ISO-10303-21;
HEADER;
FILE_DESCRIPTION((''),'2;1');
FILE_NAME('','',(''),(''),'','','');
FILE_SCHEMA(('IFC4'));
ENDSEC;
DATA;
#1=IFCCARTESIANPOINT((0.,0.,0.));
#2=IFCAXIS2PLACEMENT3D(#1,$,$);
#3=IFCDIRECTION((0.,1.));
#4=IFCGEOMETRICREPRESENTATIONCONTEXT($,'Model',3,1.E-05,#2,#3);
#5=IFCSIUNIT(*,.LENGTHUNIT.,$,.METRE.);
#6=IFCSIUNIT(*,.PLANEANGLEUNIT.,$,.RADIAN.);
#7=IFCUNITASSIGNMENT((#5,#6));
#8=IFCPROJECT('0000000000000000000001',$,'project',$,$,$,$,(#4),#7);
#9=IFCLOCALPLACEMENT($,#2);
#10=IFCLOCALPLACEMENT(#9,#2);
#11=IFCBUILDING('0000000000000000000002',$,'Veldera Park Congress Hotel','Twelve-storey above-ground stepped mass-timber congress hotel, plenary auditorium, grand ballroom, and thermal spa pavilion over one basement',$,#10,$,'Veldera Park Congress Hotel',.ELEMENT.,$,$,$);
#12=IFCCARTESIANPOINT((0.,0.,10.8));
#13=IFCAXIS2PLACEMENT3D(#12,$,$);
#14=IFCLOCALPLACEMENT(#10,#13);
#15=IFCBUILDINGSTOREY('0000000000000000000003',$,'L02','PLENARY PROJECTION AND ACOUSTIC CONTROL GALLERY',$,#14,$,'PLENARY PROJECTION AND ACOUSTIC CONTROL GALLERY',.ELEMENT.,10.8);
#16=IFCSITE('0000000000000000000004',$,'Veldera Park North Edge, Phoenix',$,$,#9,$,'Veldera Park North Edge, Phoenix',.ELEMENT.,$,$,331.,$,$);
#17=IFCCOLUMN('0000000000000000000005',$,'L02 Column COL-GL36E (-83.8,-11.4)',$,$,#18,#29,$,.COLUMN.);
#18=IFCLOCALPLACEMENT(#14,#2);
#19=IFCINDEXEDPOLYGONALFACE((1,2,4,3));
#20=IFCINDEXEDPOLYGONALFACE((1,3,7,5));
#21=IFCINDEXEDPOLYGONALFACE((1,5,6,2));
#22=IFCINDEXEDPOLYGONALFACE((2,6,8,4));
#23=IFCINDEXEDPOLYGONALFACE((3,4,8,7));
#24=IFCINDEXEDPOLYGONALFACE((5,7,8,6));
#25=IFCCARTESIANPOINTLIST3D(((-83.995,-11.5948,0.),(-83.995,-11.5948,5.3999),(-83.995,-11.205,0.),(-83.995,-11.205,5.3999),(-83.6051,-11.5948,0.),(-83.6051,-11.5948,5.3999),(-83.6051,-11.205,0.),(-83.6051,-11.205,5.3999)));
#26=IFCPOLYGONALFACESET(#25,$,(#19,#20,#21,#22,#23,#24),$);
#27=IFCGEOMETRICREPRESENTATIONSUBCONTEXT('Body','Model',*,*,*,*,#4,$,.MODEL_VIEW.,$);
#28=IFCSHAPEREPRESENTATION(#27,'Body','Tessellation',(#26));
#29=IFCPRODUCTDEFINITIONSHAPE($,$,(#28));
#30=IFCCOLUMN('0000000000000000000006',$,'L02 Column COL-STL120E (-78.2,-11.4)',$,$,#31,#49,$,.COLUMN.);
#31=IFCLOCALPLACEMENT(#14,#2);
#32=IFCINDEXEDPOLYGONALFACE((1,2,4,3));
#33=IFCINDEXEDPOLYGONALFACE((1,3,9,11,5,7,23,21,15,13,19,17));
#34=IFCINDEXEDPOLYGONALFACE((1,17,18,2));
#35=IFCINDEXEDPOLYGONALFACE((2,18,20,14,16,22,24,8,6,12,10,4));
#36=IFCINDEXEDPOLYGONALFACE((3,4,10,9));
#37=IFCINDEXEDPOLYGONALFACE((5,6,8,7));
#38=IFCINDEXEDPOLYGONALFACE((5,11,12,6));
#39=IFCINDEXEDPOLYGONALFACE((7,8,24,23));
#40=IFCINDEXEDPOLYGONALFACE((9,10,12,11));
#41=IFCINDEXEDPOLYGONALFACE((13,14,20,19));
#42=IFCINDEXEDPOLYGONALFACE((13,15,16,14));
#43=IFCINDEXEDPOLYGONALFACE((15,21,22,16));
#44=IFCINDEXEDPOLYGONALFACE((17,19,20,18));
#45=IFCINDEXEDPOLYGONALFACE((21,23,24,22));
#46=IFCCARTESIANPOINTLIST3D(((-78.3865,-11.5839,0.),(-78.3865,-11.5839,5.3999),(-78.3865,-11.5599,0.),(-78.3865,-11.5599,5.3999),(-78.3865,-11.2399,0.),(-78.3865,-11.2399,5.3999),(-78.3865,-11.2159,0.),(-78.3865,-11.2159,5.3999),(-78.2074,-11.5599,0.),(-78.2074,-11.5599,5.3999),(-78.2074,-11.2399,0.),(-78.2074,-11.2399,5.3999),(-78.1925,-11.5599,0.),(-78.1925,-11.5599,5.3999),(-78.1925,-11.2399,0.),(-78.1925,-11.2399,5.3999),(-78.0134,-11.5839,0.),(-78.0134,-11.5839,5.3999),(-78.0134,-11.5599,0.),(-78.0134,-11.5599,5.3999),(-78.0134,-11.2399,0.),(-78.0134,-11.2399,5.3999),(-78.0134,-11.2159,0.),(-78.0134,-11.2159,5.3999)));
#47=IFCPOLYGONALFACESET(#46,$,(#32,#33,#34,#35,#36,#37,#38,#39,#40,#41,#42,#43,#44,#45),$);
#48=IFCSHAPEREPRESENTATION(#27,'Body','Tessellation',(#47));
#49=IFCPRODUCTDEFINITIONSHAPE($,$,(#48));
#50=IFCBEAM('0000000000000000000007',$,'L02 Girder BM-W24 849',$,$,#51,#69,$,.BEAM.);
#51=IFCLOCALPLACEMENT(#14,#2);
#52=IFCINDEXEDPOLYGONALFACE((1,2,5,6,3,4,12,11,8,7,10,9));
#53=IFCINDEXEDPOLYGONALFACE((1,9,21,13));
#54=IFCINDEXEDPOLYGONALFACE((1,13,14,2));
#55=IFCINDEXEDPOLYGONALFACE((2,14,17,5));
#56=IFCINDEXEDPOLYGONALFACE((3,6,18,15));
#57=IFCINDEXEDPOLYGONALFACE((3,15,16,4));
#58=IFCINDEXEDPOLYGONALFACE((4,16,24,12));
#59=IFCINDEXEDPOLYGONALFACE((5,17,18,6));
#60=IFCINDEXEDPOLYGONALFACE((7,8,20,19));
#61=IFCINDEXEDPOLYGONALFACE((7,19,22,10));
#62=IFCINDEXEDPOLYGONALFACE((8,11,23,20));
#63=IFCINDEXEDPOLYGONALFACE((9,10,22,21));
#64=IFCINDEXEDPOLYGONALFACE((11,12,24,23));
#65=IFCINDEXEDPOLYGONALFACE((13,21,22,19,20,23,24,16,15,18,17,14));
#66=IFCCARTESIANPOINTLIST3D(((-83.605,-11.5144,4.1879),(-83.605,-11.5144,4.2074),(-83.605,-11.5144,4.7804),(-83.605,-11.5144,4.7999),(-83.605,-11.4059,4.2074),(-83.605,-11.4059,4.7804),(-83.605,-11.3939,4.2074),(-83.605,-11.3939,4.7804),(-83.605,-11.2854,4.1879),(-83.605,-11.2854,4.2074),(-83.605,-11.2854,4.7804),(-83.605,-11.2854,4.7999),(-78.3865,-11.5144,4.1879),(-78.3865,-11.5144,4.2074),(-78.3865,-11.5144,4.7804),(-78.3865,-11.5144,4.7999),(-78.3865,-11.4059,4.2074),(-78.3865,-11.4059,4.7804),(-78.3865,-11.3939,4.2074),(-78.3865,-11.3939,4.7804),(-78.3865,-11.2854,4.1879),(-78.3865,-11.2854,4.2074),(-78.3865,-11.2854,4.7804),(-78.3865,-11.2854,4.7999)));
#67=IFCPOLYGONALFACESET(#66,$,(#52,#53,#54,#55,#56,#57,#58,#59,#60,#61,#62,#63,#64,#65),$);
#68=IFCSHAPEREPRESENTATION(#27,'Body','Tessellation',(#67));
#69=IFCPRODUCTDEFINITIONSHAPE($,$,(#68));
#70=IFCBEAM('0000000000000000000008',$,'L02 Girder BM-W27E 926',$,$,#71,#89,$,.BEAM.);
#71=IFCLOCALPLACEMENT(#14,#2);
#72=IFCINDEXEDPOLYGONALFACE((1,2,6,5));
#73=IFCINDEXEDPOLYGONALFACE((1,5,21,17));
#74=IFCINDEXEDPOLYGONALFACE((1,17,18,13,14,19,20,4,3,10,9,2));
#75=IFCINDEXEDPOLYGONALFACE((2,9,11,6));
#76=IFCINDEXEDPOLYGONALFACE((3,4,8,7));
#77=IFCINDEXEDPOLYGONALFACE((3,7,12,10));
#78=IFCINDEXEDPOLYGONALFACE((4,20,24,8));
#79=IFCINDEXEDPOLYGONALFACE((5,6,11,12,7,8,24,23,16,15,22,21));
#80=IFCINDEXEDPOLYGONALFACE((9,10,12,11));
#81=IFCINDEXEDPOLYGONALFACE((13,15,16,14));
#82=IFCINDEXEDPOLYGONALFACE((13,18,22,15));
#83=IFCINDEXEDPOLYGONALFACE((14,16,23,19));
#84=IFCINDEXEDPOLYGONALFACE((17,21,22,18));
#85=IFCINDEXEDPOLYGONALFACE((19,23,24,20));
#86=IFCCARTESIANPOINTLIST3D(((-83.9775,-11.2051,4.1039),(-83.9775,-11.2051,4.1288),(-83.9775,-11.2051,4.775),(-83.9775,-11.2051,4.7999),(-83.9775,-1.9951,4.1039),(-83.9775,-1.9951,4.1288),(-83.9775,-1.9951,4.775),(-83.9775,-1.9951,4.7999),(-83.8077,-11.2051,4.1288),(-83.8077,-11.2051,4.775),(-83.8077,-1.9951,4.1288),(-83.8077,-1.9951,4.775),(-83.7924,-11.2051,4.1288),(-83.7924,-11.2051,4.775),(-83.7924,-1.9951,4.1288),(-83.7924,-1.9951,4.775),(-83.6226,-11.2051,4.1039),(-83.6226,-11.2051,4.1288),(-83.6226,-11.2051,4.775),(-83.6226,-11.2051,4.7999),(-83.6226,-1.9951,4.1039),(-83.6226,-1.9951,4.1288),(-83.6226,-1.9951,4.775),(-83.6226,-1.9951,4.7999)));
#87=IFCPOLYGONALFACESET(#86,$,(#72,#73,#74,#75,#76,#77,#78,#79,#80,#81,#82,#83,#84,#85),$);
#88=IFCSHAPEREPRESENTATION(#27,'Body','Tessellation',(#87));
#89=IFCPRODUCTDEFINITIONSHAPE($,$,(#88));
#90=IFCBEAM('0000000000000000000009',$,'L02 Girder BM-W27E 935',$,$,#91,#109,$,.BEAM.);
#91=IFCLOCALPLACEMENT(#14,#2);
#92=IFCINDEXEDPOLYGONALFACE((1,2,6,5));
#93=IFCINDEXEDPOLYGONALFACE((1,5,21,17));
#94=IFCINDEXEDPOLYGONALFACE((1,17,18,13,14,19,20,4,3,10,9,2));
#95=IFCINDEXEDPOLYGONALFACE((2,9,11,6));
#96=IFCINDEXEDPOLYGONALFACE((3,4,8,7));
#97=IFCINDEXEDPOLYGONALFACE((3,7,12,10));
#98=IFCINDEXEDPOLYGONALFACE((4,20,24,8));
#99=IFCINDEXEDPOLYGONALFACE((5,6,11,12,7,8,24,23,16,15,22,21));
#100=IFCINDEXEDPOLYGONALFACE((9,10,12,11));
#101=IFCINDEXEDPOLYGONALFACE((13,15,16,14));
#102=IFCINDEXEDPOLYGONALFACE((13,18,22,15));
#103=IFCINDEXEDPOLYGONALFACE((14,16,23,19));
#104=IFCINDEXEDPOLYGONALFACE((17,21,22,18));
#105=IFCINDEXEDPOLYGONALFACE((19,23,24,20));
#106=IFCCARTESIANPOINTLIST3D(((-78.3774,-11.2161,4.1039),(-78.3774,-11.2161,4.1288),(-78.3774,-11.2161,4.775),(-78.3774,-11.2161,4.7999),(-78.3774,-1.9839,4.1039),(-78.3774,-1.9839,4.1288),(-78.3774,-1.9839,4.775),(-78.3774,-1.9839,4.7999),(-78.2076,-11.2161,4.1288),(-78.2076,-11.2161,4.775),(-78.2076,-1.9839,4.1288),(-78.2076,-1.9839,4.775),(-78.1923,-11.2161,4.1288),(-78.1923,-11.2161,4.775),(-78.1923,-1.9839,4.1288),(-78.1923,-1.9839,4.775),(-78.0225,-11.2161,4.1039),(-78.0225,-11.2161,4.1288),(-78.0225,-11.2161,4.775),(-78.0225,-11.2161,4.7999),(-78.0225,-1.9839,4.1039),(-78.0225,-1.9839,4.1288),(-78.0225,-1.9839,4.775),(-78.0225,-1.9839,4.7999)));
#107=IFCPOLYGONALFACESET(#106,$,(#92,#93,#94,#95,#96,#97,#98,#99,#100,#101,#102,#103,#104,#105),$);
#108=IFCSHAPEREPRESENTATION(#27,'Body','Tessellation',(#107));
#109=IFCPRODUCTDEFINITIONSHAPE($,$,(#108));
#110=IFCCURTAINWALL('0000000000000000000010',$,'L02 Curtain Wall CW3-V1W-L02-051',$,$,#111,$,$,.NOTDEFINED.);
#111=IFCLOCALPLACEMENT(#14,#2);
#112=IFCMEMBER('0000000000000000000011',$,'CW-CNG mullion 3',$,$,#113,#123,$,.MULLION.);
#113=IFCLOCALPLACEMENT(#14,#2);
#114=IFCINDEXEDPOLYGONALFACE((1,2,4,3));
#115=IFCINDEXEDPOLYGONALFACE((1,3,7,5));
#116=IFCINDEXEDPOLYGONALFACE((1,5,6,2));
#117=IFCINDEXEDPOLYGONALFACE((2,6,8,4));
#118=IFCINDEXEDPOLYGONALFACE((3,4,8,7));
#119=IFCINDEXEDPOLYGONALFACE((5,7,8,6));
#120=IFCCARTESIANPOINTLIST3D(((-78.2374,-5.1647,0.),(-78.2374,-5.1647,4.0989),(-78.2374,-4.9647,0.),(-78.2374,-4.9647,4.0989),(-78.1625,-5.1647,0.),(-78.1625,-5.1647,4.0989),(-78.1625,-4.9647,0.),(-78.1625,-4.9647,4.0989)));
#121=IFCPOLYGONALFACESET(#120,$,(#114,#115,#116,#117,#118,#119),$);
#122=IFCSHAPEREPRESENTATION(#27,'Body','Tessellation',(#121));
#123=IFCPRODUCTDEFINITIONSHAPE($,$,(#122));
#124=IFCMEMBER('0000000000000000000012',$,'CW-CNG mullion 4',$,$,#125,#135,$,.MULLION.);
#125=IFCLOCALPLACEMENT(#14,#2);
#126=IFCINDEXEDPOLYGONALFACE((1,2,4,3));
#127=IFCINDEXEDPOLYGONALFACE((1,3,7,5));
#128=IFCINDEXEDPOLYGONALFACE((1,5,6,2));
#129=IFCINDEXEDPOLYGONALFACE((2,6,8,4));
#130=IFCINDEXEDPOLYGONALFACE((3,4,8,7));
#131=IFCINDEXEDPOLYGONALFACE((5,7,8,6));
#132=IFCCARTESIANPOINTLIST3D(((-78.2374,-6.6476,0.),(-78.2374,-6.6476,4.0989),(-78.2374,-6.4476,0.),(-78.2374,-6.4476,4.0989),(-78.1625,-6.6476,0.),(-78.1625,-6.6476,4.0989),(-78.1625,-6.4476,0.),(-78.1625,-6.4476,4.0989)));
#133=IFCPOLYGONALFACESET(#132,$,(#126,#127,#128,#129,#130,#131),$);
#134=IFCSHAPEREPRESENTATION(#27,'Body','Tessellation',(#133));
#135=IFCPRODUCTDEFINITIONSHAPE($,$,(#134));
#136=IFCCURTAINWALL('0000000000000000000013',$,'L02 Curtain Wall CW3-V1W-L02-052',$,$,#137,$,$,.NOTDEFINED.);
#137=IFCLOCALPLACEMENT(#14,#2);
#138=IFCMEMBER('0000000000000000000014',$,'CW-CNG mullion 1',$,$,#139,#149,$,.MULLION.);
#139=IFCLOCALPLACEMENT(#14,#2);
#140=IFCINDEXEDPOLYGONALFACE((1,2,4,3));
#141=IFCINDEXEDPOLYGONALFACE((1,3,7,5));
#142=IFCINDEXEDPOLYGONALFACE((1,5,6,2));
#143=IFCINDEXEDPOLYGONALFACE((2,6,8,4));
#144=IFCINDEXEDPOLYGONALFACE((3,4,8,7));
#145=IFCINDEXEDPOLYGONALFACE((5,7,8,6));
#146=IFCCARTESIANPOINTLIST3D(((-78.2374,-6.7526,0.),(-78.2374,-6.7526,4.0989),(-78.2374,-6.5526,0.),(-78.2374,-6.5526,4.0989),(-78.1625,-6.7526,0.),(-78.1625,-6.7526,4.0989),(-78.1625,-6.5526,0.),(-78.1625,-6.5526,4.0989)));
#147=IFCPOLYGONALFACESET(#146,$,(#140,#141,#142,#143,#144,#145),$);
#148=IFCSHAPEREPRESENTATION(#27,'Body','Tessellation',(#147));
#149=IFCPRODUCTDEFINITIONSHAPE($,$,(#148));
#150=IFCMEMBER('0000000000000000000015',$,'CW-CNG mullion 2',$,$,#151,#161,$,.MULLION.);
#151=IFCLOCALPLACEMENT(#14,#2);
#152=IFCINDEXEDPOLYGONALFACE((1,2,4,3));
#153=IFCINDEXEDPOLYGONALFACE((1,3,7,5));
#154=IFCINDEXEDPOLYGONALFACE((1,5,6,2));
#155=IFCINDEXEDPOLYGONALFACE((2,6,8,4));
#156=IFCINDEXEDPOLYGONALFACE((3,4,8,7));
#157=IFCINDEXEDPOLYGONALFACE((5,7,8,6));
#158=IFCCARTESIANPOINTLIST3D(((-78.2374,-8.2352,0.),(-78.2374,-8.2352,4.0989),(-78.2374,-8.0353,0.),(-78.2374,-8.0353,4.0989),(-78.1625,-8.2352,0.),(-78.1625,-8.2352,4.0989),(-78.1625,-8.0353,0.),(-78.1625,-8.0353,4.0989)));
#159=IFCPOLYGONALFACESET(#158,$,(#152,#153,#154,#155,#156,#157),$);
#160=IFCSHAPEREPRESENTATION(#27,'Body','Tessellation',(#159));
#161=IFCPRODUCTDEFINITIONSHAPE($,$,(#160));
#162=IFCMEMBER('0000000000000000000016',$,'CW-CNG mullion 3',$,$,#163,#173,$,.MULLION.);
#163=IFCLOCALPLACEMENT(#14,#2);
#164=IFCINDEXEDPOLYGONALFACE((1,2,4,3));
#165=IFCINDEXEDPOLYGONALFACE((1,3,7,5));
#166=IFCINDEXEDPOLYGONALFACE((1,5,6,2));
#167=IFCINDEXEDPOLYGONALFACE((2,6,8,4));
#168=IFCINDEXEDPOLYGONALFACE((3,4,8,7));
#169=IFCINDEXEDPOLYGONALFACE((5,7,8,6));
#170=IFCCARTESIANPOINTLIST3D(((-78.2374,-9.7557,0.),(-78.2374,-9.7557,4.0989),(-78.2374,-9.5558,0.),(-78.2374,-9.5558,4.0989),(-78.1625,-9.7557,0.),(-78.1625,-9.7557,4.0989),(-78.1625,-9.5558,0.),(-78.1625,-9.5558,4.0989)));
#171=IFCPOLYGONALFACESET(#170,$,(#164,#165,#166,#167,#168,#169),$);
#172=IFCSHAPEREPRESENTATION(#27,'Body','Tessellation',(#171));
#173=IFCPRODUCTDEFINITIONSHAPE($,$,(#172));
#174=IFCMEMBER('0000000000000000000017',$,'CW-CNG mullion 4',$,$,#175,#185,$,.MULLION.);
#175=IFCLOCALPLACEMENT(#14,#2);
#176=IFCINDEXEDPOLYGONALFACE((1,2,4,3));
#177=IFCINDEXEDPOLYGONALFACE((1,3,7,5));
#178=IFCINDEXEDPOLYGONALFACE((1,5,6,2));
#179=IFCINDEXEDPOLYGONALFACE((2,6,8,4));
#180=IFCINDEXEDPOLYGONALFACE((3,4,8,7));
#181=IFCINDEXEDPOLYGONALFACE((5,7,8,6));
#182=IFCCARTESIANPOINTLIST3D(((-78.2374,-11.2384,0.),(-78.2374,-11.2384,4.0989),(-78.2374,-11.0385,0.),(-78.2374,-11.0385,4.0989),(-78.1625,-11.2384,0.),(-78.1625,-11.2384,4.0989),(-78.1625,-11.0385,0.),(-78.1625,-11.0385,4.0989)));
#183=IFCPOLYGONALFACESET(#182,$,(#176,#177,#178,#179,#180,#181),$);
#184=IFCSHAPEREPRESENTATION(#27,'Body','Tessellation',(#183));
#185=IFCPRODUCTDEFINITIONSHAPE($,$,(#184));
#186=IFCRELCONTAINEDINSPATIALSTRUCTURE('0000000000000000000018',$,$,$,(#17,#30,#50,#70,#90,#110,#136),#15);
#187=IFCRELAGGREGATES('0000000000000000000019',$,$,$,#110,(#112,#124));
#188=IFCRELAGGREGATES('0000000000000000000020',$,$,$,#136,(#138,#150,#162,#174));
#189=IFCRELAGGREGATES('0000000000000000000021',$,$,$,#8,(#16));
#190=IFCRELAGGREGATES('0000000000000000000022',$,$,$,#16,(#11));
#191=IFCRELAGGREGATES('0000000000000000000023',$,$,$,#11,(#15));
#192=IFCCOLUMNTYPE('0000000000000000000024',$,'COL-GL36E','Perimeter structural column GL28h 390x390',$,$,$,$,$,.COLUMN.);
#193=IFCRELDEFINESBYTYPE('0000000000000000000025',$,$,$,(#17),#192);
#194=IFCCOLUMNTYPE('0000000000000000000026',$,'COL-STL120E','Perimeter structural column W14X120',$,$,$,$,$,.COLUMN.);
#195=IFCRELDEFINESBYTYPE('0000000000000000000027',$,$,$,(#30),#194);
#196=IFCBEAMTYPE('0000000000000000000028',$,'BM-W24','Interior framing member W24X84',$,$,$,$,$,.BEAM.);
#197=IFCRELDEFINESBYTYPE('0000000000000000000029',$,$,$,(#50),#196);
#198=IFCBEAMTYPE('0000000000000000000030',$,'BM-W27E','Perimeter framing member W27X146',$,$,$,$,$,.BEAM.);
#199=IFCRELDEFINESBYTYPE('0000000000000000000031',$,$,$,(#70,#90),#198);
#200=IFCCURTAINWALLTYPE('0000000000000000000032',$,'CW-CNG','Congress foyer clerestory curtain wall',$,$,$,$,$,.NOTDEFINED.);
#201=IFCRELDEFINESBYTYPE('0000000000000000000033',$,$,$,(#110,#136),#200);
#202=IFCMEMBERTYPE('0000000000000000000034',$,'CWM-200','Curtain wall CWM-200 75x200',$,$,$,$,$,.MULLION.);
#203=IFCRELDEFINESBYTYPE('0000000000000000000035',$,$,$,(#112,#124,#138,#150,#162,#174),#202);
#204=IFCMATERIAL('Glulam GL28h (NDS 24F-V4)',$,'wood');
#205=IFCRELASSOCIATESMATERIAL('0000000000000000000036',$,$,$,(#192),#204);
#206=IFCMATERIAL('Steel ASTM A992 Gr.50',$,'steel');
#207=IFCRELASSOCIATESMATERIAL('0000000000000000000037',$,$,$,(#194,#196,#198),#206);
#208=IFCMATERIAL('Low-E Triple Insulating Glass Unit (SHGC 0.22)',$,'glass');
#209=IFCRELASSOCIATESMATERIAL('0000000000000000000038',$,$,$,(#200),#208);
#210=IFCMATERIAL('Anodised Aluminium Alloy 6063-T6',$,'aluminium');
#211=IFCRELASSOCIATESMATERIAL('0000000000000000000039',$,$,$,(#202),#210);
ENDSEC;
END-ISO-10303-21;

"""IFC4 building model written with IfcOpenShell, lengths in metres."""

from ifc_helpers import new_model, si_unit, direction, frame, origin, origin_2d, place, context, subcontext, project, spatial, rectangle, i_section, extrude, material, material_profile, profile_set, type_object, element, aggregate, save


model = new_model("IFC4")

# Units and contexts
model_context = context("Model", 3, precision=1e-05, world=origin(), true_north=direction((0.0, 1.0)))
body_context = subcontext(model_context, "Body", "Model", "MODEL_VIEW")
ifc_project = project(units=[si_unit("LENGTHUNIT", "METRE"), si_unit("PLANEANGLEUNIT", "RADIAN")], contexts=[model_context])

# Site, building, storey
site_placement = place(None, origin())
site = spatial("IfcSite", under=ifc_project, at=site_placement, Name="Veldera Park North Edge, Phoenix", LongName="Veldera Park North Edge, Phoenix", CompositionType="ELEMENT", RefElevation=331.0)
building_placement = place(site_placement, origin())
building = spatial("IfcBuilding", under=site, at=building_placement, Name="Veldera Park Congress Hotel", Description="Twelve-storey above-ground stepped mass-timber congress hotel, plenary auditorium, grand ballroom, and thermal spa pavilion over one basement", LongName="Veldera Park Congress Hotel", CompositionType="ELEMENT")
storey_placement = place(building_placement, frame((0.0, 0.0, 10.8)))
storey = spatial("IfcBuildingStorey", under=building, at=storey_placement, Name="L02", Description="PLENARY PROJECTION AND ACOUSTIC CONTROL GALLERY", LongName="PLENARY PROJECTION AND ACOUSTIC CONTROL GALLERY", CompositionType="ELEMENT", Elevation=10.8)

# Columns
ifc_material_1 = material(Name="Glulam GL28h (NDS 24F-V4)", Category="wood")
ifc_material_profile_1 = material_profile(ifc_material_1, rectangle(XDim=0.3899, YDim=0.3899, at=origin_2d()), Name="GL28h 390x390")
ifc_profile_set_1 = profile_set([ifc_material_profile_1], Name="Glulam GL28h (NDS 24F-V4)")
column_type_1 = type_object("IfcColumnType", Name="COL-GL36E", Description="Perimeter structural column GL28h 390x390", PredefinedType="COLUMN", material=ifc_profile_set_1)
column_1_placement = place(storey_placement, frame((-83.8, -11.3999, 0.0), z_axis=(0.0, 0.0, 1.0), x_axis=(1.0, 0.0, 0.0)))
element("IfcColumn", 1, at=column_1_placement, inside=storey, type_object=column_type_1, Name="L02 Column COL-GL36E (-83.8,-11.4)", PredefinedType="COLUMN", context=body_context, shape_type="SweptSolid", body=[
    extrude(rectangle(XDim=0.3899, YDim=0.3899, at=origin_2d()), origin(), (0.0, 0.0, 1.0), 5.3999),
])
ifc_material_2 = material(Name="Steel ASTM A992 Gr.50", Category="steel")
ifc_material_profile_2 = material_profile(ifc_material_2, i_section(OverallWidth=0.373, OverallDepth=0.3679, WebThickness=0.0149, FlangeThickness=0.0239, at=origin_2d()), Name="W14X120")
ifc_profile_set_2 = profile_set([ifc_material_profile_2], Name="Steel ASTM A992 Gr.50")
column_type_2 = type_object("IfcColumnType", Name="COL-STL120E", Description="Perimeter structural column W14X120", PredefinedType="COLUMN", material=ifc_profile_set_2)
column_2_placement = place(storey_placement, frame((-78.2, -11.3999, 0.0), z_axis=(0.0, 0.0, 1.0), x_axis=(1.0, 0.0, 0.0)))
element("IfcColumn", 2, at=column_2_placement, inside=storey, type_object=column_type_2, Name="L02 Column COL-STL120E (-78.2,-11.4)", PredefinedType="COLUMN", context=body_context, shape_type="SweptSolid", body=[
    extrude(i_section(OverallWidth=0.373, OverallDepth=0.3679, WebThickness=0.0149, FlangeThickness=0.0239, at=origin_2d()), origin(), (0.0, 0.0, 1.0), 5.3999),
])

# Beams
ifc_material_profile_3 = material_profile(ifc_material_2, i_section(OverallWidth=0.229, OverallDepth=0.6121, WebThickness=0.012, FlangeThickness=0.0195, at=origin_2d()), Name="W24X84")
ifc_profile_set_3 = profile_set([ifc_material_profile_3], Name="Steel ASTM A992 Gr.50")
beam_type_1 = type_object("IfcBeamType", Name="BM-W24", Description="Interior framing member W24X84", PredefinedType="BEAM", material=ifc_profile_set_3)
beam_1_placement = place(storey_placement, frame((-83.605, -11.3999, 4.4939), z_axis=(1.0, 0.0, 0.0), x_axis=(0.0, 1.0, 0.0)))
element("IfcBeam", 3, at=beam_1_placement, inside=storey, type_object=beam_type_1, Name="L02 Girder BM-W24 849", PredefinedType="BEAM", context=body_context, shape_type="SweptSolid", body=[
    extrude(i_section(OverallWidth=0.229, OverallDepth=0.6121, WebThickness=0.012, FlangeThickness=0.0195, at=origin_2d()), origin(), (0.0, 0.0, 1.0), 5.2185),
])
ifc_material_profile_4 = material_profile(ifc_material_2, i_section(OverallWidth=0.355, OverallDepth=0.696, WebThickness=0.0154, FlangeThickness=0.0249, at=origin_2d()), Name="W27X146")
ifc_profile_set_4 = profile_set([ifc_material_profile_4], Name="Steel ASTM A992 Gr.50")
beam_type_2 = type_object("IfcBeamType", Name="BM-W27E", Description="Perimeter framing member W27X146", PredefinedType="BEAM", material=ifc_profile_set_4)
beam_2_placement = place(storey_placement, frame((-83.8, -11.2051, 4.4519), z_axis=(0.0, 1.0, 0.0), x_axis=(-1.0, 0.0, 0.0)))
element("IfcBeam", 4, at=beam_2_placement, inside=storey, type_object=beam_type_2, Name="L02 Girder BM-W27E 926", PredefinedType="BEAM", context=body_context, shape_type="SweptSolid", body=[
    extrude(i_section(OverallWidth=0.355, OverallDepth=0.696, WebThickness=0.0154, FlangeThickness=0.0249, at=origin_2d()), origin(), (0.0, 0.0, 1.0), 9.21),
])
beam_3_placement = place(storey_placement, frame((-78.2, -11.2161, 4.4519), z_axis=(0.0, 1.0, 0.0), x_axis=(-1.0, 0.0, 0.0)))
element("IfcBeam", 5, at=beam_3_placement, inside=storey, type_object=beam_type_2, Name="L02 Girder BM-W27E 935", PredefinedType="BEAM", context=body_context, shape_type="SweptSolid", body=[
    extrude(i_section(OverallWidth=0.355, OverallDepth=0.696, WebThickness=0.0154, FlangeThickness=0.0249, at=origin_2d()), origin(), (0.0, 0.0, 1.0), 9.2322),
])

# Curtain walls, members
ifc_material_3 = material(Name="Low-E Triple Insulating Glass Unit (SHGC 0.22)", Category="glass")
curtain_wall_type = type_object("IfcCurtainWallType", Name="CW-CNG", Description="Congress foyer clerestory curtain wall", PredefinedType="NOTDEFINED", material=ifc_material_3)
curtain_wall_1_placement = place(storey_placement, origin())
curtain_wall_1 = element("IfcCurtainWall", 6, at=curtain_wall_1_placement, inside=storey, type_object=curtain_wall_type, Name="L02 Curtain Wall CW3-V1W-L02-051", PredefinedType="NOTDEFINED")
ifc_material_4 = material(Name="Anodised Aluminium Alloy 6063-T6", Category="aluminium")
ifc_material_profile_5 = material_profile(ifc_material_4, rectangle(XDim=0.075, YDim=0.2, at=origin_2d()), Name="ALU 75x200")
ifc_profile_set_5 = profile_set([ifc_material_profile_5], Name="Anodised Aluminium Alloy 6063-T6")
member_type_1 = type_object("IfcMemberType", Name="CWM-200", Description="Curtain wall CWM-200 75x200", PredefinedType="MULLION", material=ifc_profile_set_5)
member_1_placement = place(storey_placement, frame((-78.2, -5.0647, 0.0), z_axis=(0.0, 0.0, 1.0), x_axis=(1.0, 0.0, 0.0)))
member_1 = element("IfcMember", 7, at=member_1_placement, type_object=member_type_1, Name="CW-CNG mullion 3", PredefinedType="MULLION", context=body_context, shape_type="SweptSolid", body=[
    extrude(rectangle(XDim=0.075, YDim=0.2, at=origin_2d()), origin(), (0.0, 0.0, 1.0), 4.0989),
])
member_2_placement = place(storey_placement, frame((-78.2, -6.5476, 0.0), z_axis=(0.0, 0.0, 1.0), x_axis=(1.0, 0.0, 0.0)))
member_2 = element("IfcMember", 8, at=member_2_placement, type_object=member_type_1, Name="CW-CNG mullion 4", PredefinedType="MULLION", context=body_context, shape_type="SweptSolid", body=[
    extrude(rectangle(XDim=0.075, YDim=0.2, at=origin_2d()), origin(), (0.0, 0.0, 1.0), 4.0989),
])
curtain_wall_2_placement = place(storey_placement, origin())
curtain_wall_2 = element("IfcCurtainWall", 9, at=curtain_wall_2_placement, inside=storey, type_object=curtain_wall_type, Name="L02 Curtain Wall CW3-V1W-L02-052", PredefinedType="NOTDEFINED")
member_3_placement = place(storey_placement, frame((-78.2, -6.6526, 0.0), z_axis=(0.0, 0.0, 1.0), x_axis=(1.0, 0.0, 0.0)))
member_3 = element("IfcMember", 10, at=member_3_placement, type_object=member_type_1, Name="CW-CNG mullion 1", PredefinedType="MULLION", context=body_context, shape_type="SweptSolid", body=[
    extrude(rectangle(XDim=0.075, YDim=0.2, at=origin_2d()), origin(), (0.0, 0.0, 1.0), 4.0989),
])
member_4_placement = place(storey_placement, frame((-78.2, -8.1353, 0.0), z_axis=(0.0, 0.0, 1.0), x_axis=(1.0, 0.0, 0.0)))
member_4 = element("IfcMember", 11, at=member_4_placement, type_object=member_type_1, Name="CW-CNG mullion 2", PredefinedType="MULLION", context=body_context, shape_type="SweptSolid", body=[
    extrude(rectangle(XDim=0.075, YDim=0.2, at=origin_2d()), origin(), (0.0, 0.0, 1.0), 4.0989),
])
member_5_placement = place(storey_placement, frame((-78.2, -9.6558, 0.0), z_axis=(0.0, 0.0, 1.0), x_axis=(1.0, 0.0, 0.0)))
member_5 = element("IfcMember", 12, at=member_5_placement, type_object=member_type_1, Name="CW-CNG mullion 3", PredefinedType="MULLION", context=body_context, shape_type="SweptSolid", body=[
    extrude(rectangle(XDim=0.075, YDim=0.2, at=origin_2d()), origin(), (0.0, 0.0, 1.0), 4.0989),
])
member_6_placement = place(storey_placement, frame((-78.2, -11.1384, 0.0), z_axis=(0.0, 0.0, 1.0), x_axis=(1.0, 0.0, 0.0)))
member_6 = element("IfcMember", 13, at=member_6_placement, type_object=member_type_1, Name="CW-CNG mullion 4", PredefinedType="MULLION", context=body_context, shape_type="SweptSolid", body=[
    extrude(rectangle(XDim=0.075, YDim=0.2, at=origin_2d()), origin(), (0.0, 0.0, 1.0), 4.0989),
])

aggregate(curtain_wall_1, [member_1, member_2])
aggregate(curtain_wall_2, [member_3, member_4, member_5, member_6])

save(model, "model.ifc")
